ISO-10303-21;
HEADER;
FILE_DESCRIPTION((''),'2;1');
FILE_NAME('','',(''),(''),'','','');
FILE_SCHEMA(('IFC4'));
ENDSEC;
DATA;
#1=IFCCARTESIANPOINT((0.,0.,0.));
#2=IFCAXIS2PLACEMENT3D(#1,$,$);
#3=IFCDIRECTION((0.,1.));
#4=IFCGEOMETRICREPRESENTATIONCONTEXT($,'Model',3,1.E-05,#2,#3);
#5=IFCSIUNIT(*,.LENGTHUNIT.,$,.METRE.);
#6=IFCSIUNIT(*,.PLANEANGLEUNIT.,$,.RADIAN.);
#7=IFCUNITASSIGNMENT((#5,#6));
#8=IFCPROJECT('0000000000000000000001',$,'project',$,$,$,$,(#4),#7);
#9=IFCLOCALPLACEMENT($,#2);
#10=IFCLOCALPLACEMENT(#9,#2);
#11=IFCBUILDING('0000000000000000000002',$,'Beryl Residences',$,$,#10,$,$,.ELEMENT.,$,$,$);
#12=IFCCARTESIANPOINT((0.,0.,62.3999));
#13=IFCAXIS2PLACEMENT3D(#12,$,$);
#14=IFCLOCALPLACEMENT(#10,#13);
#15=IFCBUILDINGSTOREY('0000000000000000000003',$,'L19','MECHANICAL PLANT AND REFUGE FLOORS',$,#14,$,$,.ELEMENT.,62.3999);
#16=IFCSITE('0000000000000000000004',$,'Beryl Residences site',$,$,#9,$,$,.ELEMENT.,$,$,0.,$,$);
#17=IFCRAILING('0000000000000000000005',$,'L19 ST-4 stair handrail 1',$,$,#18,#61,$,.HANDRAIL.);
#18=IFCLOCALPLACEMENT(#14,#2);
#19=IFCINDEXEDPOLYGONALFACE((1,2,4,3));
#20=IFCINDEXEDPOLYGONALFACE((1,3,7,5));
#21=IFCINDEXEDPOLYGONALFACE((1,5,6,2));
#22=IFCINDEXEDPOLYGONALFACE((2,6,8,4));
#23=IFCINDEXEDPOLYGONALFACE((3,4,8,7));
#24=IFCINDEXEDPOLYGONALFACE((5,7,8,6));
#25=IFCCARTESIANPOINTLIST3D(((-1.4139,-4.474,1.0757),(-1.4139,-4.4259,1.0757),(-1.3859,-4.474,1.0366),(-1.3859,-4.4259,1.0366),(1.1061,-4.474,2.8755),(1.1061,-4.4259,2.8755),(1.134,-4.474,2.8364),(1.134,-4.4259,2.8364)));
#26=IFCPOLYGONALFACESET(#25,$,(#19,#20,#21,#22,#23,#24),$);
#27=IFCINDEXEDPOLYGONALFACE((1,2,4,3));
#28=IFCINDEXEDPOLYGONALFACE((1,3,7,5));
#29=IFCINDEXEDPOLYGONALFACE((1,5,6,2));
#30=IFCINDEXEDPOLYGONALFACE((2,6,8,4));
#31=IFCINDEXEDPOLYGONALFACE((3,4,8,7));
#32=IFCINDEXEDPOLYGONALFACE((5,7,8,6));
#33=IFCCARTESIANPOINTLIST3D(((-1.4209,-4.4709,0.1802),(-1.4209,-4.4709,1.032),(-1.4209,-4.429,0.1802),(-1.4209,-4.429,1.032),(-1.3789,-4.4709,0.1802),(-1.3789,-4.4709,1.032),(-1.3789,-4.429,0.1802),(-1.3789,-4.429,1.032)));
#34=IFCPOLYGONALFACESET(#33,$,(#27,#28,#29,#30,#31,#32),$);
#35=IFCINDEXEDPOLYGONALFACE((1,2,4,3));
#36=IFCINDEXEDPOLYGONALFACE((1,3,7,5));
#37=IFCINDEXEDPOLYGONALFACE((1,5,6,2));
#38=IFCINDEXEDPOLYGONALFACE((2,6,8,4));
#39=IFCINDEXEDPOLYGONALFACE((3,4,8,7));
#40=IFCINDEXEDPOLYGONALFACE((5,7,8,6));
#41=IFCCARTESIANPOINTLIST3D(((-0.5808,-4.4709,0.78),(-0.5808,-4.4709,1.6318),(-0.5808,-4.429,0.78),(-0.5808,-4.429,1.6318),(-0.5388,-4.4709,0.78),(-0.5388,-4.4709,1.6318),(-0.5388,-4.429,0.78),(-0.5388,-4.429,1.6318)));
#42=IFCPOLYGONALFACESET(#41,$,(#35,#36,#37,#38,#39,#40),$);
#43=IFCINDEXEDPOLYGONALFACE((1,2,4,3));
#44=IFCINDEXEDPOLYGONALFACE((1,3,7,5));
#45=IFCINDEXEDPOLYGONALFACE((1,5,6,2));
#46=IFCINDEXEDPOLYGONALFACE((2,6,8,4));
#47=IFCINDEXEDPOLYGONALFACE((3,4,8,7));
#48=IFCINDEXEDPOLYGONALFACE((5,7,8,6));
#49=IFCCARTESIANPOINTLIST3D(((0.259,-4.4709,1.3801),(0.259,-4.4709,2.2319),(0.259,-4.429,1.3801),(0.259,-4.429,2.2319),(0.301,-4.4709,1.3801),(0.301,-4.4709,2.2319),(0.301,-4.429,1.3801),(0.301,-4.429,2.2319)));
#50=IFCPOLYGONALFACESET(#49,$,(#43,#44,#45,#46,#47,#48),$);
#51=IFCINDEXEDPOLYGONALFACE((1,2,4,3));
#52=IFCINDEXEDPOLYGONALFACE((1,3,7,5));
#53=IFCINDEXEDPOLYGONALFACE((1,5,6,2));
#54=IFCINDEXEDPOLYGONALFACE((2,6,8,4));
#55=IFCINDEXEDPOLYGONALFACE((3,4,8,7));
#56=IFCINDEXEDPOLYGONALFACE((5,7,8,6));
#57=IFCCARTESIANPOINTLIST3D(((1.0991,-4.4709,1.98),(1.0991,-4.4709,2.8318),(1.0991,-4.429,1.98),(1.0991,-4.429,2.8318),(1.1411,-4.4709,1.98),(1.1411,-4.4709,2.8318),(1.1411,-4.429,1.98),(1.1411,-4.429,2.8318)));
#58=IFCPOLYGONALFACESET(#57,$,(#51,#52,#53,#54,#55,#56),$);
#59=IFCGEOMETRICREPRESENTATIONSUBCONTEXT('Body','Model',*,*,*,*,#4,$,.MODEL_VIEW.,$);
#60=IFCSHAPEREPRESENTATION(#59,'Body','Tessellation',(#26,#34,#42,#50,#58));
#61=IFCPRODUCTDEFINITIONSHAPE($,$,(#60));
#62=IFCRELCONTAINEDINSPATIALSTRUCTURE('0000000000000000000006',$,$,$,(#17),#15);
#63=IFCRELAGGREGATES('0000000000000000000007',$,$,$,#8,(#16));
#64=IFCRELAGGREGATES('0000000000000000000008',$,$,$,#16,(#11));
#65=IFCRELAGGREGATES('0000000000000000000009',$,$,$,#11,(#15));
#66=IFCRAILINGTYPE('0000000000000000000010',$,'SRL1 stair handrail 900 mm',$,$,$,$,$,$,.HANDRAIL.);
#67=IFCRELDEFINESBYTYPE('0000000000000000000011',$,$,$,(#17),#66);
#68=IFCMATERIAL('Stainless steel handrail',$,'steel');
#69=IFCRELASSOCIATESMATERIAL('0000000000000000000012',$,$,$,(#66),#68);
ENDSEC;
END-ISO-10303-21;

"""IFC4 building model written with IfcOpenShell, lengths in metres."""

from ifc_helpers import new_model, si_unit, direction, frame, origin, origin_2d, place, context, subcontext, project, spatial, rectangle, extrude, material, type_object, element, save


model = new_model("IFC4")

# Units and contexts
model_context = context("Model", 3, precision=1e-05, world=origin(), true_north=direction((0.0, 1.0)))
body_context = subcontext(model_context, "Body", "Model", "MODEL_VIEW")
ifc_project = project(units=[si_unit("LENGTHUNIT", "METRE"), si_unit("PLANEANGLEUNIT", "RADIAN")], contexts=[model_context])

# Site, building, storey
site_placement = place(None, origin())
site = spatial("IfcSite", under=ifc_project, at=site_placement, Name="Beryl Residences site", CompositionType="ELEMENT", RefElevation=0.0)
building_placement = place(site_placement, origin())
building = spatial("IfcBuilding", under=site, at=building_placement, Name="Beryl Residences", CompositionType="ELEMENT")
storey_placement = place(building_placement, frame((0.0, 0.0, 62.3999)))
storey = spatial("IfcBuildingStorey", under=building, at=storey_placement, Name="L19", Description="MECHANICAL PLANT AND REFUGE FLOORS", CompositionType="ELEMENT", Elevation=62.3999)

# Railing
ifc_material_1 = material(Name="Stainless steel handrail", Category="steel")
railing_type_1 = type_object("IfcRailingType", Name="SRL1 stair handrail 900 mm", PredefinedType="HANDRAIL", material=ifc_material_1)
railing_1_placement = place(storey_placement, frame((-1.3999, -4.45, 0.1802)))
element("IfcRailing", 1, at=railing_1_placement, inside=storey, type_object=railing_type_1, Name="L19 ST-4 stair handrail 1", PredefinedType="HANDRAIL", context=body_context, shape_type="SweptSolid", body=[
    extrude(rectangle(XDim=0.0481, YDim=0.0481, at=origin_2d()), frame((0.0, 0.0, 0.876), z_axis=(0.813765, 0.0, 0.581193), x_axis=(0.0, 1.0, 0.0)), (0.0, 0.0, 1.0), 3.0967),
    extrude(rectangle(XDim=0.042, YDim=0.042, at=origin_2d()), origin(), (0.0, 0.0, 1.0), 0.8518),
    extrude(rectangle(XDim=0.042, YDim=0.042, at=origin_2d()), frame((0.8401, 0.0, 0.5999)), (0.0, 0.0, 1.0), 0.8518),
    extrude(rectangle(XDim=0.042, YDim=0.042, at=origin_2d()), frame((1.6799, 0.0, 1.2)), (0.0, 0.0, 1.0), 0.8518),
    extrude(rectangle(XDim=0.042, YDim=0.042, at=origin_2d()), frame((2.52, 0.0, 1.7998)), (0.0, 0.0, 1.0), 0.8518),
])

save(model, "model.ifc")
